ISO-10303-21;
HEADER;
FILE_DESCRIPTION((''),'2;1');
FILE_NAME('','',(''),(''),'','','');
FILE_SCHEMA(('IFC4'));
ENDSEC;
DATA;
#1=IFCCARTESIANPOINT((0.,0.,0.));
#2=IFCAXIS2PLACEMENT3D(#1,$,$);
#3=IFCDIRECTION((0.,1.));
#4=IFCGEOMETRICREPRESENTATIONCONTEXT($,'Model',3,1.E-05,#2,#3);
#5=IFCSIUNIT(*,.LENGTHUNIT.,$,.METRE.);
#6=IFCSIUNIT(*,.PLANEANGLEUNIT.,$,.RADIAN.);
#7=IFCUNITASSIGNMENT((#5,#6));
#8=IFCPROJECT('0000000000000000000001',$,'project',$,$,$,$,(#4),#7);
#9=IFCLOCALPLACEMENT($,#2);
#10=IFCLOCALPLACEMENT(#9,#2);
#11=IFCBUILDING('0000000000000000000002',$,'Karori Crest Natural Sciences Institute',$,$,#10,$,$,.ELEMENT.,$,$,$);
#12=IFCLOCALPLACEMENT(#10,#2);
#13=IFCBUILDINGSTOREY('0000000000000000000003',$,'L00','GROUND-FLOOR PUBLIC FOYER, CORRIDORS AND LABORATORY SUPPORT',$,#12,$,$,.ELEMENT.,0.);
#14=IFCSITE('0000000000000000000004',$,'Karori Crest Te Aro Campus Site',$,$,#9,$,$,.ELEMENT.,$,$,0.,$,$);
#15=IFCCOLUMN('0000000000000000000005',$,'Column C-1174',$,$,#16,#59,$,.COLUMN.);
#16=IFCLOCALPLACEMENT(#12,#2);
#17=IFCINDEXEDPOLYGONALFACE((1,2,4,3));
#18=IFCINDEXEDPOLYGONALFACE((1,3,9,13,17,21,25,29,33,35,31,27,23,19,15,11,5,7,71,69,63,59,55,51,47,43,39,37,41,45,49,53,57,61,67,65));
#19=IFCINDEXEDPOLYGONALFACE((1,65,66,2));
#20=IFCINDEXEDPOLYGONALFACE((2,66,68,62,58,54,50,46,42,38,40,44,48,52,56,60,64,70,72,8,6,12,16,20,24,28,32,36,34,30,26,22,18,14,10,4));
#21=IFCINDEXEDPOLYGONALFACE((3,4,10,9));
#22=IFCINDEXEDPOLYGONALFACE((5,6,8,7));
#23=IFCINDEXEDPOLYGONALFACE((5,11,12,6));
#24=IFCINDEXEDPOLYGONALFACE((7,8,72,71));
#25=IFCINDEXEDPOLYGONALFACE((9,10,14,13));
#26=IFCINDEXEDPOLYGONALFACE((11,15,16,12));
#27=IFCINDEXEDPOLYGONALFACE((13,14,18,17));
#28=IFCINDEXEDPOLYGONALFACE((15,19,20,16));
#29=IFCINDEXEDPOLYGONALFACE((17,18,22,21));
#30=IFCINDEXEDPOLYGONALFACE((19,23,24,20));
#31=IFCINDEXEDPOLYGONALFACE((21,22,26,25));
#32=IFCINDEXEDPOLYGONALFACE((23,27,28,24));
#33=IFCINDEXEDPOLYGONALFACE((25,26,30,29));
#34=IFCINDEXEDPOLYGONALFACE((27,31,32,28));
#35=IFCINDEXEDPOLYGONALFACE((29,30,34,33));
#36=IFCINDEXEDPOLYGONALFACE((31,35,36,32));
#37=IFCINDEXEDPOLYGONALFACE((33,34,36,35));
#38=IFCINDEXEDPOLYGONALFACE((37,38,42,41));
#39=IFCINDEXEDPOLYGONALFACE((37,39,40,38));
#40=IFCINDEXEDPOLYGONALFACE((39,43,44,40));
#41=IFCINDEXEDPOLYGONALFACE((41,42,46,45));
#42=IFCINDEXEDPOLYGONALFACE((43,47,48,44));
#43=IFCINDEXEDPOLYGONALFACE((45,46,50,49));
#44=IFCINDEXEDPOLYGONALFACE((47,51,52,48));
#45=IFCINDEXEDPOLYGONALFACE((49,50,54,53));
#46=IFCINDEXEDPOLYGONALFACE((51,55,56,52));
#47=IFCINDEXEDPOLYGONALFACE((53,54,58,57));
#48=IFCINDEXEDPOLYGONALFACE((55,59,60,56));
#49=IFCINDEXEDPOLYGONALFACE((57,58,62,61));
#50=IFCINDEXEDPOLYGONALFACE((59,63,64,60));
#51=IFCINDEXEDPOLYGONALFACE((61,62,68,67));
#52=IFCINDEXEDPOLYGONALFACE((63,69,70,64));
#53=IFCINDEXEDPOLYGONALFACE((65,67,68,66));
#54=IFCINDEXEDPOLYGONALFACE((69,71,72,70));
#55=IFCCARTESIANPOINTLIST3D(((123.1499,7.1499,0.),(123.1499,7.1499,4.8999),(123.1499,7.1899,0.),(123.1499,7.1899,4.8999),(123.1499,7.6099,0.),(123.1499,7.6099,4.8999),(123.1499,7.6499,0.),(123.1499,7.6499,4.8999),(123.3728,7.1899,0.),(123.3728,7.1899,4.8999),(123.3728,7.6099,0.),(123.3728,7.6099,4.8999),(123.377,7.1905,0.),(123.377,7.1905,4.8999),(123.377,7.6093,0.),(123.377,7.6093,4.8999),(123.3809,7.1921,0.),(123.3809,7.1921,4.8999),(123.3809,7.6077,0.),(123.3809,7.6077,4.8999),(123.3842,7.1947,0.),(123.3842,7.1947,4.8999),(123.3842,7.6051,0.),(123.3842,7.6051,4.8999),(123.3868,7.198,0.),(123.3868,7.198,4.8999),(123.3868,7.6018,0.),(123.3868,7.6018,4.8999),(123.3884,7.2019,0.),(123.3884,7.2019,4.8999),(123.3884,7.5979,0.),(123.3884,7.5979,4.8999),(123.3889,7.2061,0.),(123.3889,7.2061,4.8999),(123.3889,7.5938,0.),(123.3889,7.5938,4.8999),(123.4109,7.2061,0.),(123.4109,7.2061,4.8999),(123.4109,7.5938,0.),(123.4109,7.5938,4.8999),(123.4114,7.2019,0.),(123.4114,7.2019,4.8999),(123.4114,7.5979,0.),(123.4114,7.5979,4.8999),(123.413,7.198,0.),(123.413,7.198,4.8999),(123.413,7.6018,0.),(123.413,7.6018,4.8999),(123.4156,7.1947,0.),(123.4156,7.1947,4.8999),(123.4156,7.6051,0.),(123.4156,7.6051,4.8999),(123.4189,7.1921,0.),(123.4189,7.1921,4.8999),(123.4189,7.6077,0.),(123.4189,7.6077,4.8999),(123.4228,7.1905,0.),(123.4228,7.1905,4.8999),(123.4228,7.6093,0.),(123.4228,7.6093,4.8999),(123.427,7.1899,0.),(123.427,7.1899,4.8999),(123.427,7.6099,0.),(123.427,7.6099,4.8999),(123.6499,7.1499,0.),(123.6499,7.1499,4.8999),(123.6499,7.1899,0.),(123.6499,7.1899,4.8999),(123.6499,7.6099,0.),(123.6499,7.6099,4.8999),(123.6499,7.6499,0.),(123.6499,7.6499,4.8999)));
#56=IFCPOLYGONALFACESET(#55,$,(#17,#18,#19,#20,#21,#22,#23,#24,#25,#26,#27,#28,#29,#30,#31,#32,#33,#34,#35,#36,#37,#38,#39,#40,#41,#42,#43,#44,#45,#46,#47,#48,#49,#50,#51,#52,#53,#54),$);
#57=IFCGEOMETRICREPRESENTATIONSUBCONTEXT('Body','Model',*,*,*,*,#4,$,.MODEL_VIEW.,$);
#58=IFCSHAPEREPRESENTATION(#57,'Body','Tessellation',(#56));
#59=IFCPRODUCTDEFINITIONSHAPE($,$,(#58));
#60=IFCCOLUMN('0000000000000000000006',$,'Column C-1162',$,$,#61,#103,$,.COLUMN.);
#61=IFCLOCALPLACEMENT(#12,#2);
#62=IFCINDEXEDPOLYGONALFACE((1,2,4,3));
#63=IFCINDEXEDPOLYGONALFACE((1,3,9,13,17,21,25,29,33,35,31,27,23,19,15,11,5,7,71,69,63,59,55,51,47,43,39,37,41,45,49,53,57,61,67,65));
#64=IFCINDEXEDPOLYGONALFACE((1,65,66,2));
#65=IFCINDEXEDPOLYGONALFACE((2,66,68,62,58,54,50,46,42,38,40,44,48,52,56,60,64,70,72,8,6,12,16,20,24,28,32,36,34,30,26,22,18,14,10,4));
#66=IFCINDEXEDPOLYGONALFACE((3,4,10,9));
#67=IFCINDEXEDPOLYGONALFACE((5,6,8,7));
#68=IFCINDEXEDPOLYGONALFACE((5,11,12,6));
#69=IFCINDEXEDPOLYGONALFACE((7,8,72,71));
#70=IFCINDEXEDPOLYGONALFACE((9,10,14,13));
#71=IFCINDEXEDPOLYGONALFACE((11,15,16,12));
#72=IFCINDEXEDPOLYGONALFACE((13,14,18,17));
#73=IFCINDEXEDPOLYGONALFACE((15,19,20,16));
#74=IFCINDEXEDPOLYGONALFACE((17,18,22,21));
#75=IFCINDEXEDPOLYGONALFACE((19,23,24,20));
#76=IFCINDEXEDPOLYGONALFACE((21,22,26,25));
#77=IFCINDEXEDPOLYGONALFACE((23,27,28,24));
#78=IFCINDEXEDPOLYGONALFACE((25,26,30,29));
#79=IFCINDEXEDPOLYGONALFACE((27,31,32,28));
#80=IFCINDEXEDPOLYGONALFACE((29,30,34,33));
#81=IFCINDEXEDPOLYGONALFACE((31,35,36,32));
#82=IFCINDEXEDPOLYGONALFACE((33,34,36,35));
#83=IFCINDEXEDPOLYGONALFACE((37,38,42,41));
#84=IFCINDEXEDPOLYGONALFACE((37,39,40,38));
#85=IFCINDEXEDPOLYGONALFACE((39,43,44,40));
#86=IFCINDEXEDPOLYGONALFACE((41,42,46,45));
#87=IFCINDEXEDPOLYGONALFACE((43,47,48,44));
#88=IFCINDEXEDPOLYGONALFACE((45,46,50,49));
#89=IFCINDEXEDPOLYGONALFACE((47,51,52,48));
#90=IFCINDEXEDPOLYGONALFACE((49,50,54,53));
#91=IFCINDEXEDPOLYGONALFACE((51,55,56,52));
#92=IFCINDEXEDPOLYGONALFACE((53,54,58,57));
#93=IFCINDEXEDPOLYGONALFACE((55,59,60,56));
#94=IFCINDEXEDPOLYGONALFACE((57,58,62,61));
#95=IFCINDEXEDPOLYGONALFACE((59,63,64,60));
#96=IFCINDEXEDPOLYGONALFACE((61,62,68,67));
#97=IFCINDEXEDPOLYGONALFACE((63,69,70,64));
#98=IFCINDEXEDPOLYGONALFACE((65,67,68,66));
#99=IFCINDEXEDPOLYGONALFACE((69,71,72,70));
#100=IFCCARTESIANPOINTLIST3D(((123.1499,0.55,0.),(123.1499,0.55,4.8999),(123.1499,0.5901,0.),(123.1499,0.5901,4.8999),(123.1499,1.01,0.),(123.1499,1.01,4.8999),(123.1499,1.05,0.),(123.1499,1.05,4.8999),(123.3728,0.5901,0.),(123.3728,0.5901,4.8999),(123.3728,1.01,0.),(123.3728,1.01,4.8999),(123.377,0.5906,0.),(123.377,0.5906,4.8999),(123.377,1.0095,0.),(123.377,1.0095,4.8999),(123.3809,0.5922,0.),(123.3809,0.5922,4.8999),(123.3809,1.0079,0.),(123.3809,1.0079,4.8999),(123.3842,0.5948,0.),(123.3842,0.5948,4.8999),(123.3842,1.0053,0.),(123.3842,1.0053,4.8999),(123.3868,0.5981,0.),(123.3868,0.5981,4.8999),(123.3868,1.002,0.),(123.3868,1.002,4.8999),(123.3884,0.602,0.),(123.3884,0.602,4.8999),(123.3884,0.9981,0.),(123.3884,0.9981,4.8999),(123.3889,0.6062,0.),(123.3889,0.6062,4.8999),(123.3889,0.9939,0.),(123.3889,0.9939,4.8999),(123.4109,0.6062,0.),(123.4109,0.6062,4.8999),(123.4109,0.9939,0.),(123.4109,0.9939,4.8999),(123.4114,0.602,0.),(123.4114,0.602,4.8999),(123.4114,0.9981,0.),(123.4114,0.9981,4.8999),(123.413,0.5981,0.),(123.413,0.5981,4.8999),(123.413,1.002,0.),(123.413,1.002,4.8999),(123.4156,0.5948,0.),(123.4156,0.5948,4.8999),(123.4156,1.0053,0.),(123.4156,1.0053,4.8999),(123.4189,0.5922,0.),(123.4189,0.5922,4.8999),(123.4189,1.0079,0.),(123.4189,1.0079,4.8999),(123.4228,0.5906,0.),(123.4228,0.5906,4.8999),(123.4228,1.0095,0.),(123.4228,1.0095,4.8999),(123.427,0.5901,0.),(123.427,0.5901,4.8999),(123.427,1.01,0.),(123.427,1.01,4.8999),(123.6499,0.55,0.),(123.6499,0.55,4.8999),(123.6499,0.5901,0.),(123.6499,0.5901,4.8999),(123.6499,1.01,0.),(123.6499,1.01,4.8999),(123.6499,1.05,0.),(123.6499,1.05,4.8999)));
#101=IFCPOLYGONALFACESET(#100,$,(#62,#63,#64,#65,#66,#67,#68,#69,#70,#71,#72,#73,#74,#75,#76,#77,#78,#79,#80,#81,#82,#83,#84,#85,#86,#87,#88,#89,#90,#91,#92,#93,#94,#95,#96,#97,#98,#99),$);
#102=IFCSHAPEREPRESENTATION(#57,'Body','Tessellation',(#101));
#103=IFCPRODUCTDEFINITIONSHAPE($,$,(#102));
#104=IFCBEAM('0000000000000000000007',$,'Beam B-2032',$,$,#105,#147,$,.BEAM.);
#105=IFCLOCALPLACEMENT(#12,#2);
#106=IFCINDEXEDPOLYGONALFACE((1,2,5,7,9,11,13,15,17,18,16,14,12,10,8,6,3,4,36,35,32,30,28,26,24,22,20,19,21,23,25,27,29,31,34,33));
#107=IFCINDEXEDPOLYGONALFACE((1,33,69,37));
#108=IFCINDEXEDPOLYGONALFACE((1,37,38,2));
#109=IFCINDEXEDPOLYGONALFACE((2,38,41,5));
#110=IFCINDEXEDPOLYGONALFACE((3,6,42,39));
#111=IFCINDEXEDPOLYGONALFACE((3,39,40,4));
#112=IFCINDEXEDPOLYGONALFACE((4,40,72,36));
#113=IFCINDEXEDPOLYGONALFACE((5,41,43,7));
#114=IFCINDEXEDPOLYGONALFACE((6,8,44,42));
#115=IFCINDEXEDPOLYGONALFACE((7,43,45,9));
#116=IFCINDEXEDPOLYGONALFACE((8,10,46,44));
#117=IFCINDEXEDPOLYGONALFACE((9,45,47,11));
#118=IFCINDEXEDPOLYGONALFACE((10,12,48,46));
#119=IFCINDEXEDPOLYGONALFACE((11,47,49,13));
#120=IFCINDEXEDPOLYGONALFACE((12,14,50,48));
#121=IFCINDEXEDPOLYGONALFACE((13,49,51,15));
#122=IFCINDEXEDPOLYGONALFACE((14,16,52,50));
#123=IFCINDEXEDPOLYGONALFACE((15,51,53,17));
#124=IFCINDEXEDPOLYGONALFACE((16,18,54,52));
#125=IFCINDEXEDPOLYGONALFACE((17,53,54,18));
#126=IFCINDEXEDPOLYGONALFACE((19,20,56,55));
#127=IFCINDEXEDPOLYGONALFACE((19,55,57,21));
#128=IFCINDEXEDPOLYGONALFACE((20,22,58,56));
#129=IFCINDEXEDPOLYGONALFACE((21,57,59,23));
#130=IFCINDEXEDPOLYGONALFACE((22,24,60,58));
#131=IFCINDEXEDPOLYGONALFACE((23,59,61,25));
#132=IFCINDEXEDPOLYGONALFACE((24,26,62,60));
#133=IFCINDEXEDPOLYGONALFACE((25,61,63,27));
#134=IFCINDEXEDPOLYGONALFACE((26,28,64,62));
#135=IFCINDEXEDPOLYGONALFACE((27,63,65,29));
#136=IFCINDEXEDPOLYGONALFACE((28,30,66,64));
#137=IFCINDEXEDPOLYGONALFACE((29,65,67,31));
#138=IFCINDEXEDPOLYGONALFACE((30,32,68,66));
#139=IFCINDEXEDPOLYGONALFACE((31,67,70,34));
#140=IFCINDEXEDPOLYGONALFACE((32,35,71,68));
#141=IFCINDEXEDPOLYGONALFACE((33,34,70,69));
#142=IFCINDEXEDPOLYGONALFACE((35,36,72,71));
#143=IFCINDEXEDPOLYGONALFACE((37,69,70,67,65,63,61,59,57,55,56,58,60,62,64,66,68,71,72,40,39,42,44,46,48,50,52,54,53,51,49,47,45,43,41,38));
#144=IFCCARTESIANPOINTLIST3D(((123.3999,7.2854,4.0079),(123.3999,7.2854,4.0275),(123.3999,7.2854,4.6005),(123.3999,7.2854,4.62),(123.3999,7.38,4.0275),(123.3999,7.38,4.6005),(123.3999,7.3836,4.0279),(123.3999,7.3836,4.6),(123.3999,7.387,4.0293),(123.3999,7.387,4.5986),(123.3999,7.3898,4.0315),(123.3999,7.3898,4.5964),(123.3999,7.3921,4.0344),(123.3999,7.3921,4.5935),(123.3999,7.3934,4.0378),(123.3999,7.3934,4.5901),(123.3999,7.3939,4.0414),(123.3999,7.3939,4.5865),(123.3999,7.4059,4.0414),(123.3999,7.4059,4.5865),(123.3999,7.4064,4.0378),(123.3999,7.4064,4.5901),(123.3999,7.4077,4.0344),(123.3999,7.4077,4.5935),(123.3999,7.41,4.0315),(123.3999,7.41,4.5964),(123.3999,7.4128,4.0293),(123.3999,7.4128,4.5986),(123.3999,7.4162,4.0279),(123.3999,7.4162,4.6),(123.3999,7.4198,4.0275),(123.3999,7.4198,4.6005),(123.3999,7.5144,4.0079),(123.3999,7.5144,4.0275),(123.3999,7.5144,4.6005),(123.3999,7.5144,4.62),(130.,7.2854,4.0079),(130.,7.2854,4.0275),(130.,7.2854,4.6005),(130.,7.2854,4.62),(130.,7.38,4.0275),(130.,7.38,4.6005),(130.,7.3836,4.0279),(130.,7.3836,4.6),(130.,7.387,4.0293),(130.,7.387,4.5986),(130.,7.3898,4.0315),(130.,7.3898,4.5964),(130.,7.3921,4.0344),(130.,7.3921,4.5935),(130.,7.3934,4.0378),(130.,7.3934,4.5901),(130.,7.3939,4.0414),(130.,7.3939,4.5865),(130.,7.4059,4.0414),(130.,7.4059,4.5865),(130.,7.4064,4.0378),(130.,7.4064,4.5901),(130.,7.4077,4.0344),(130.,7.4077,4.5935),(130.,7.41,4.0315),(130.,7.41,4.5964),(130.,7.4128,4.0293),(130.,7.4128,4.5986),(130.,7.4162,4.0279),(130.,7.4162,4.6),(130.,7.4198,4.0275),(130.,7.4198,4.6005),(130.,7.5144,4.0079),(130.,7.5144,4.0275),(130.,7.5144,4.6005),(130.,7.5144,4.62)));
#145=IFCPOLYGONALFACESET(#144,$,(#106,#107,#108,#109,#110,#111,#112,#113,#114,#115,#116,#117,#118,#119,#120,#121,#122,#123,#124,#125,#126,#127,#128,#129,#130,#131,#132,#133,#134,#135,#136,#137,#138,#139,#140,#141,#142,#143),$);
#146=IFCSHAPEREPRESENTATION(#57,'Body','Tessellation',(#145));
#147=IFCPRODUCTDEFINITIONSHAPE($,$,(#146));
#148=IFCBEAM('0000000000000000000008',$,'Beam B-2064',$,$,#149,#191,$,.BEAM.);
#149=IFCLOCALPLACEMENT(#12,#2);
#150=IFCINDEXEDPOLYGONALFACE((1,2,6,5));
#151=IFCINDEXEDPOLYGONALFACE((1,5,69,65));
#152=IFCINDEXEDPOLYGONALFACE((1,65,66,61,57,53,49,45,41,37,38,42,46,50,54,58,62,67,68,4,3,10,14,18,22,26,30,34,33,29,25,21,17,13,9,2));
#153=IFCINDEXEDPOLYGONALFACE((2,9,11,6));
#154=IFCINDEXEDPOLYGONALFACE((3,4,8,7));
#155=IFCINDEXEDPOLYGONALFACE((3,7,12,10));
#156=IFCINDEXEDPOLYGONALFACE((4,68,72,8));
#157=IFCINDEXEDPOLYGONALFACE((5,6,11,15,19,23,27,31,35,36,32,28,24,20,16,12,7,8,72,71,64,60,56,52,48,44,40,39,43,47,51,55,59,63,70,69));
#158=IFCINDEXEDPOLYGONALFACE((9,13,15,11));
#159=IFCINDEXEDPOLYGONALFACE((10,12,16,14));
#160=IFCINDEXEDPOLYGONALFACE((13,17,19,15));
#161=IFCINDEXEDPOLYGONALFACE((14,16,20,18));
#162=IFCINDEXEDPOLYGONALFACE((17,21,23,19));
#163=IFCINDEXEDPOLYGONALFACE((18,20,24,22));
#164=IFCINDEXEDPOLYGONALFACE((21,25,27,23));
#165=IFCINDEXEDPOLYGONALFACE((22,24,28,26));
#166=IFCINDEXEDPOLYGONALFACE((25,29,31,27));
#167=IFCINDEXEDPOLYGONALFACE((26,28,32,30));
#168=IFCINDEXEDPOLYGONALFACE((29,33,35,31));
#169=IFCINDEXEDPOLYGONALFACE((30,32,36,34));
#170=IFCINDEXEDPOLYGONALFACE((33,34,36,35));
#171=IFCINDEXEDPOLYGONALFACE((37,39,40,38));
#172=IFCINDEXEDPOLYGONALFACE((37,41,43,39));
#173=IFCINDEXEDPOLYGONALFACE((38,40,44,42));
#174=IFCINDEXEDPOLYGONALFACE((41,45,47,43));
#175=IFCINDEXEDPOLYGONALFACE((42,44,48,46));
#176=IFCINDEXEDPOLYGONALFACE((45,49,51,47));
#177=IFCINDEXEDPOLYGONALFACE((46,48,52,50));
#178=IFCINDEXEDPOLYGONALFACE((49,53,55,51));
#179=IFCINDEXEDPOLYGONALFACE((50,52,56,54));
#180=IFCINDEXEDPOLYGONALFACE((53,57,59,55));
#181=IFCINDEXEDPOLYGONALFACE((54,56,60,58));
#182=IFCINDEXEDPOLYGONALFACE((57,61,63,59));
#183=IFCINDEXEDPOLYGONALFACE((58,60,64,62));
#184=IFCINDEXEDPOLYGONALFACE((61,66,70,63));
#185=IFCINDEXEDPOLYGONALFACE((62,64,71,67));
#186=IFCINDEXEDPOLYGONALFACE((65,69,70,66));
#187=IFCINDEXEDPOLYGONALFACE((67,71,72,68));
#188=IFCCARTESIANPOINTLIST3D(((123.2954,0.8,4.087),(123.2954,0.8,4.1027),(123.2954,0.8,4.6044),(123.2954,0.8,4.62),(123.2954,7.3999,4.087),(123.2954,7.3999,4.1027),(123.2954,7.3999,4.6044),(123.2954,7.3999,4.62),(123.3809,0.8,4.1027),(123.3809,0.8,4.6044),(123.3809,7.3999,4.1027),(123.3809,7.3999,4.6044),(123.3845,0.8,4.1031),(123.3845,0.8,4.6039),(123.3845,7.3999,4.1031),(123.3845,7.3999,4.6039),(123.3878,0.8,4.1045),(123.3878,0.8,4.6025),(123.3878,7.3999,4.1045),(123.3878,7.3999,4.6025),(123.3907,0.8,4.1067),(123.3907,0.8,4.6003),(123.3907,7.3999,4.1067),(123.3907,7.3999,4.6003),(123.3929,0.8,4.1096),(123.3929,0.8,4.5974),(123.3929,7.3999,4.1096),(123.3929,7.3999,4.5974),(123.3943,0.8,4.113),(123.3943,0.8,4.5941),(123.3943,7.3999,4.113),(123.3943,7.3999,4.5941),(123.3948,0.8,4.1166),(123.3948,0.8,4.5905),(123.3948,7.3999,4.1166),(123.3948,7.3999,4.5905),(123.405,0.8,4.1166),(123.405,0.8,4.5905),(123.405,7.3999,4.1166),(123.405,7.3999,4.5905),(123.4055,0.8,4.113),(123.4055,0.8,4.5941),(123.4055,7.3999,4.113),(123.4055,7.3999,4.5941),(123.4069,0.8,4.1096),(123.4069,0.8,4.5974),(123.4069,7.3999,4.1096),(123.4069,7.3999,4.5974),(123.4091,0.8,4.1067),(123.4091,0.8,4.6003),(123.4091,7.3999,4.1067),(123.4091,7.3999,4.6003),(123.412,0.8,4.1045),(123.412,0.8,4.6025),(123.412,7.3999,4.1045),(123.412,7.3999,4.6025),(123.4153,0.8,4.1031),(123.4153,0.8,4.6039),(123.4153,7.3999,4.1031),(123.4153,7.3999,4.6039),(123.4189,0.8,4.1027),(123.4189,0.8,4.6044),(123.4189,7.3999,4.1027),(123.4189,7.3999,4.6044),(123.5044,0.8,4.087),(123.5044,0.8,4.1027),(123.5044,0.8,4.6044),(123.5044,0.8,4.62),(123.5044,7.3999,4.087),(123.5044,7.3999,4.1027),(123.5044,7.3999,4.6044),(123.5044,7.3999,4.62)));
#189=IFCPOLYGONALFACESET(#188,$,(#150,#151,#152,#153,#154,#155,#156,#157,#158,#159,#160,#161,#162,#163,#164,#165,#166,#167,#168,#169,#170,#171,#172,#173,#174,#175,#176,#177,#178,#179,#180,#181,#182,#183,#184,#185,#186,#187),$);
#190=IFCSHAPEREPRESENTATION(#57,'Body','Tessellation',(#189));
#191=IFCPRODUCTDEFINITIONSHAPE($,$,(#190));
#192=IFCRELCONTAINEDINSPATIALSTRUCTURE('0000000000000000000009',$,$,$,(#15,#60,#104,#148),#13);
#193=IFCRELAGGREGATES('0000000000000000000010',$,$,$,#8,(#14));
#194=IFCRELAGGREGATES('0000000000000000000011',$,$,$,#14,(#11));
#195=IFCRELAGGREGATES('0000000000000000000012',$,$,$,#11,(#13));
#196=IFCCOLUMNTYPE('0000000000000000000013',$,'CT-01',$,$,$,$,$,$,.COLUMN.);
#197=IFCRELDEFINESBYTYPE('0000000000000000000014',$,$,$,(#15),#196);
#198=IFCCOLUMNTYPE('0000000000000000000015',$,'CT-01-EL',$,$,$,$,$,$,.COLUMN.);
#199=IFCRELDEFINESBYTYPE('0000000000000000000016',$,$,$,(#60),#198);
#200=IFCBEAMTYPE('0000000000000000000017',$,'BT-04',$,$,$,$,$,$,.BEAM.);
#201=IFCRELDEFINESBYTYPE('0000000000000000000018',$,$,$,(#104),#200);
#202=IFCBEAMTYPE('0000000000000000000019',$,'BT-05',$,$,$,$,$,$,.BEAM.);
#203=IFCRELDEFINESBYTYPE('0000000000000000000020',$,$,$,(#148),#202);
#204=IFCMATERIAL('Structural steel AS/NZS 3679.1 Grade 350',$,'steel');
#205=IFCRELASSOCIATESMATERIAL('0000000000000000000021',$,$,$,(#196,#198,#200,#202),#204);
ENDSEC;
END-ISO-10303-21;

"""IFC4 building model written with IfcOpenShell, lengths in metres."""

from ifc_helpers import new_model, si_unit, direction, frame, origin, origin_2d, place, context, subcontext, project, spatial, i_section, extrude, material, material_profile, profile_set, type_object, element, save


model = new_model("IFC4")

# Units and contexts
model_context = context("Model", 3, precision=1e-05, world=origin(), true_north=direction((0.0, 1.0)))
body_context = subcontext(model_context, "Body", "Model", "MODEL_VIEW")
ifc_project = project(units=[si_unit("LENGTHUNIT", "METRE"), si_unit("PLANEANGLEUNIT", "RADIAN")], contexts=[model_context])

# Site, building, storey
site_placement = place(None, origin())
site = spatial("IfcSite", under=ifc_project, at=site_placement, Name="Karori Crest Te Aro Campus Site", CompositionType="ELEMENT", RefElevation=0.0)
building_placement = place(site_placement, origin())
building = spatial("IfcBuilding", under=site, at=building_placement, Name="Karori Crest Natural Sciences Institute", CompositionType="ELEMENT")
storey_placement = place(building_placement, origin())
storey = spatial("IfcBuildingStorey", under=building, at=storey_placement, Name="L00", Description="GROUND-FLOOR PUBLIC FOYER, CORRIDORS AND LABORATORY SUPPORT", CompositionType="ELEMENT", Elevation=0.0)

# Columns
ifc_material_1 = material(Name="Structural steel AS/NZS 3679.1 Grade 350", Category="steel")
ifc_material_profile_1 = material_profile(ifc_material_1, i_section(OverallWidth=0.5, OverallDepth=0.5, WebThickness=0.022, FlangeThickness=0.04, FilletRadius=0.0161, at=origin_2d()), Name="500WC440")
ifc_profile_set_1 = profile_set([ifc_material_profile_1], Name="Structural steel AS/NZS 3679.1 Grade 350")
column_type_1 = type_object("IfcColumnType", Name="CT-01", PredefinedType="COLUMN", material=ifc_profile_set_1)
column_1_placement = place(storey_placement, frame((123.3999, 7.3999, 0.0), z_axis=(0.0, 0.0, 1.0), x_axis=(1.0, 0.0, 0.0)))
element("IfcColumn", 1, at=column_1_placement, inside=storey, type_object=column_type_1, Name="Column C-1174", PredefinedType="COLUMN", context=body_context, shape_type="SweptSolid", body=[
    extrude(i_section(OverallWidth=0.5, OverallDepth=0.5, WebThickness=0.022, FlangeThickness=0.04, FilletRadius=0.0161, at=origin_2d()), origin(), (0.0, 0.0, 1.0), 4.8999),
])
ifc_material_profile_2 = material_profile(ifc_material_1, i_section(OverallWidth=0.5, OverallDepth=0.5, WebThickness=0.022, FlangeThickness=0.04, FilletRadius=0.0161, at=origin_2d()), Name="500WC440")
ifc_profile_set_2 = profile_set([ifc_material_profile_2], Name="Structural steel AS/NZS 3679.1 Grade 350")
column_type_2 = type_object("IfcColumnType", Name="CT-01-EL", PredefinedType="COLUMN", material=ifc_profile_set_2)
column_2_placement = place(storey_placement, frame((123.3999, 0.8, 0.0), z_axis=(0.0, 0.0, 1.0), x_axis=(1.0, 0.0, 0.0)))
element("IfcColumn", 2, at=column_2_placement, inside=storey, type_object=column_type_2, Name="Column C-1162", PredefinedType="COLUMN", context=body_context, shape_type="SweptSolid", body=[
    extrude(i_section(OverallWidth=0.5, OverallDepth=0.5, WebThickness=0.022, FlangeThickness=0.04, FilletRadius=0.0161, at=origin_2d()), origin(), (0.0, 0.0, 1.0), 4.8999),
])

# Beams
ifc_material_profile_3 = material_profile(ifc_material_1, i_section(OverallWidth=0.229, OverallDepth=0.6121, WebThickness=0.012, FlangeThickness=0.0195, FilletRadius=0.0139, at=origin_2d()), Name="610UB125")
ifc_profile_set_3 = profile_set([ifc_material_profile_3], Name="Structural steel AS/NZS 3679.1 Grade 350")
beam_type_1 = type_object("IfcBeamType", Name="BT-04", PredefinedType="BEAM", material=ifc_profile_set_3)
beam_1_placement = place(storey_placement, frame((123.3999, 7.3999, 4.314), z_axis=(1.0, 0.0, 0.0), x_axis=(0.0, 1.0, 0.0)))
element("IfcBeam", 3, at=beam_1_placement, inside=storey, type_object=beam_type_1, Name="Beam B-2032", PredefinedType="BEAM", context=body_context, shape_type="SweptSolid", body=[
    extrude(i_section(OverallWidth=0.229, OverallDepth=0.6121, WebThickness=0.012, FlangeThickness=0.0195, FilletRadius=0.0139, at=origin_2d()), origin(), (0.0, 0.0, 1.0), 6.6001),
])
ifc_material_profile_4 = material_profile(ifc_material_1, i_section(OverallWidth=0.209, OverallDepth=0.533, WebThickness=0.0103, FlangeThickness=0.0156, FilletRadius=0.0139, at=origin_2d()), Name="530UB92.4")
ifc_profile_set_4 = profile_set([ifc_material_profile_4], Name="Structural steel AS/NZS 3679.1 Grade 350")
beam_type_2 = type_object("IfcBeamType", Name="BT-05", PredefinedType="BEAM", material=ifc_profile_set_4)
beam_2_placement = place(storey_placement, frame((123.3999, 0.8, 4.3535), z_axis=(0.0, 1.0, 0.0), x_axis=(-1.0, 0.0, 0.0)))
element("IfcBeam", 4, at=beam_2_placement, inside=storey, type_object=beam_type_2, Name="Beam B-2064", PredefinedType="BEAM", context=body_context, shape_type="SweptSolid", body=[
    extrude(i_section(OverallWidth=0.209, OverallDepth=0.533, WebThickness=0.0103, FlangeThickness=0.0156, FilletRadius=0.0139, at=origin_2d()), origin(), (0.0, 0.0, 1.0), 6.5999),
])

save(model, "model.ifc")
